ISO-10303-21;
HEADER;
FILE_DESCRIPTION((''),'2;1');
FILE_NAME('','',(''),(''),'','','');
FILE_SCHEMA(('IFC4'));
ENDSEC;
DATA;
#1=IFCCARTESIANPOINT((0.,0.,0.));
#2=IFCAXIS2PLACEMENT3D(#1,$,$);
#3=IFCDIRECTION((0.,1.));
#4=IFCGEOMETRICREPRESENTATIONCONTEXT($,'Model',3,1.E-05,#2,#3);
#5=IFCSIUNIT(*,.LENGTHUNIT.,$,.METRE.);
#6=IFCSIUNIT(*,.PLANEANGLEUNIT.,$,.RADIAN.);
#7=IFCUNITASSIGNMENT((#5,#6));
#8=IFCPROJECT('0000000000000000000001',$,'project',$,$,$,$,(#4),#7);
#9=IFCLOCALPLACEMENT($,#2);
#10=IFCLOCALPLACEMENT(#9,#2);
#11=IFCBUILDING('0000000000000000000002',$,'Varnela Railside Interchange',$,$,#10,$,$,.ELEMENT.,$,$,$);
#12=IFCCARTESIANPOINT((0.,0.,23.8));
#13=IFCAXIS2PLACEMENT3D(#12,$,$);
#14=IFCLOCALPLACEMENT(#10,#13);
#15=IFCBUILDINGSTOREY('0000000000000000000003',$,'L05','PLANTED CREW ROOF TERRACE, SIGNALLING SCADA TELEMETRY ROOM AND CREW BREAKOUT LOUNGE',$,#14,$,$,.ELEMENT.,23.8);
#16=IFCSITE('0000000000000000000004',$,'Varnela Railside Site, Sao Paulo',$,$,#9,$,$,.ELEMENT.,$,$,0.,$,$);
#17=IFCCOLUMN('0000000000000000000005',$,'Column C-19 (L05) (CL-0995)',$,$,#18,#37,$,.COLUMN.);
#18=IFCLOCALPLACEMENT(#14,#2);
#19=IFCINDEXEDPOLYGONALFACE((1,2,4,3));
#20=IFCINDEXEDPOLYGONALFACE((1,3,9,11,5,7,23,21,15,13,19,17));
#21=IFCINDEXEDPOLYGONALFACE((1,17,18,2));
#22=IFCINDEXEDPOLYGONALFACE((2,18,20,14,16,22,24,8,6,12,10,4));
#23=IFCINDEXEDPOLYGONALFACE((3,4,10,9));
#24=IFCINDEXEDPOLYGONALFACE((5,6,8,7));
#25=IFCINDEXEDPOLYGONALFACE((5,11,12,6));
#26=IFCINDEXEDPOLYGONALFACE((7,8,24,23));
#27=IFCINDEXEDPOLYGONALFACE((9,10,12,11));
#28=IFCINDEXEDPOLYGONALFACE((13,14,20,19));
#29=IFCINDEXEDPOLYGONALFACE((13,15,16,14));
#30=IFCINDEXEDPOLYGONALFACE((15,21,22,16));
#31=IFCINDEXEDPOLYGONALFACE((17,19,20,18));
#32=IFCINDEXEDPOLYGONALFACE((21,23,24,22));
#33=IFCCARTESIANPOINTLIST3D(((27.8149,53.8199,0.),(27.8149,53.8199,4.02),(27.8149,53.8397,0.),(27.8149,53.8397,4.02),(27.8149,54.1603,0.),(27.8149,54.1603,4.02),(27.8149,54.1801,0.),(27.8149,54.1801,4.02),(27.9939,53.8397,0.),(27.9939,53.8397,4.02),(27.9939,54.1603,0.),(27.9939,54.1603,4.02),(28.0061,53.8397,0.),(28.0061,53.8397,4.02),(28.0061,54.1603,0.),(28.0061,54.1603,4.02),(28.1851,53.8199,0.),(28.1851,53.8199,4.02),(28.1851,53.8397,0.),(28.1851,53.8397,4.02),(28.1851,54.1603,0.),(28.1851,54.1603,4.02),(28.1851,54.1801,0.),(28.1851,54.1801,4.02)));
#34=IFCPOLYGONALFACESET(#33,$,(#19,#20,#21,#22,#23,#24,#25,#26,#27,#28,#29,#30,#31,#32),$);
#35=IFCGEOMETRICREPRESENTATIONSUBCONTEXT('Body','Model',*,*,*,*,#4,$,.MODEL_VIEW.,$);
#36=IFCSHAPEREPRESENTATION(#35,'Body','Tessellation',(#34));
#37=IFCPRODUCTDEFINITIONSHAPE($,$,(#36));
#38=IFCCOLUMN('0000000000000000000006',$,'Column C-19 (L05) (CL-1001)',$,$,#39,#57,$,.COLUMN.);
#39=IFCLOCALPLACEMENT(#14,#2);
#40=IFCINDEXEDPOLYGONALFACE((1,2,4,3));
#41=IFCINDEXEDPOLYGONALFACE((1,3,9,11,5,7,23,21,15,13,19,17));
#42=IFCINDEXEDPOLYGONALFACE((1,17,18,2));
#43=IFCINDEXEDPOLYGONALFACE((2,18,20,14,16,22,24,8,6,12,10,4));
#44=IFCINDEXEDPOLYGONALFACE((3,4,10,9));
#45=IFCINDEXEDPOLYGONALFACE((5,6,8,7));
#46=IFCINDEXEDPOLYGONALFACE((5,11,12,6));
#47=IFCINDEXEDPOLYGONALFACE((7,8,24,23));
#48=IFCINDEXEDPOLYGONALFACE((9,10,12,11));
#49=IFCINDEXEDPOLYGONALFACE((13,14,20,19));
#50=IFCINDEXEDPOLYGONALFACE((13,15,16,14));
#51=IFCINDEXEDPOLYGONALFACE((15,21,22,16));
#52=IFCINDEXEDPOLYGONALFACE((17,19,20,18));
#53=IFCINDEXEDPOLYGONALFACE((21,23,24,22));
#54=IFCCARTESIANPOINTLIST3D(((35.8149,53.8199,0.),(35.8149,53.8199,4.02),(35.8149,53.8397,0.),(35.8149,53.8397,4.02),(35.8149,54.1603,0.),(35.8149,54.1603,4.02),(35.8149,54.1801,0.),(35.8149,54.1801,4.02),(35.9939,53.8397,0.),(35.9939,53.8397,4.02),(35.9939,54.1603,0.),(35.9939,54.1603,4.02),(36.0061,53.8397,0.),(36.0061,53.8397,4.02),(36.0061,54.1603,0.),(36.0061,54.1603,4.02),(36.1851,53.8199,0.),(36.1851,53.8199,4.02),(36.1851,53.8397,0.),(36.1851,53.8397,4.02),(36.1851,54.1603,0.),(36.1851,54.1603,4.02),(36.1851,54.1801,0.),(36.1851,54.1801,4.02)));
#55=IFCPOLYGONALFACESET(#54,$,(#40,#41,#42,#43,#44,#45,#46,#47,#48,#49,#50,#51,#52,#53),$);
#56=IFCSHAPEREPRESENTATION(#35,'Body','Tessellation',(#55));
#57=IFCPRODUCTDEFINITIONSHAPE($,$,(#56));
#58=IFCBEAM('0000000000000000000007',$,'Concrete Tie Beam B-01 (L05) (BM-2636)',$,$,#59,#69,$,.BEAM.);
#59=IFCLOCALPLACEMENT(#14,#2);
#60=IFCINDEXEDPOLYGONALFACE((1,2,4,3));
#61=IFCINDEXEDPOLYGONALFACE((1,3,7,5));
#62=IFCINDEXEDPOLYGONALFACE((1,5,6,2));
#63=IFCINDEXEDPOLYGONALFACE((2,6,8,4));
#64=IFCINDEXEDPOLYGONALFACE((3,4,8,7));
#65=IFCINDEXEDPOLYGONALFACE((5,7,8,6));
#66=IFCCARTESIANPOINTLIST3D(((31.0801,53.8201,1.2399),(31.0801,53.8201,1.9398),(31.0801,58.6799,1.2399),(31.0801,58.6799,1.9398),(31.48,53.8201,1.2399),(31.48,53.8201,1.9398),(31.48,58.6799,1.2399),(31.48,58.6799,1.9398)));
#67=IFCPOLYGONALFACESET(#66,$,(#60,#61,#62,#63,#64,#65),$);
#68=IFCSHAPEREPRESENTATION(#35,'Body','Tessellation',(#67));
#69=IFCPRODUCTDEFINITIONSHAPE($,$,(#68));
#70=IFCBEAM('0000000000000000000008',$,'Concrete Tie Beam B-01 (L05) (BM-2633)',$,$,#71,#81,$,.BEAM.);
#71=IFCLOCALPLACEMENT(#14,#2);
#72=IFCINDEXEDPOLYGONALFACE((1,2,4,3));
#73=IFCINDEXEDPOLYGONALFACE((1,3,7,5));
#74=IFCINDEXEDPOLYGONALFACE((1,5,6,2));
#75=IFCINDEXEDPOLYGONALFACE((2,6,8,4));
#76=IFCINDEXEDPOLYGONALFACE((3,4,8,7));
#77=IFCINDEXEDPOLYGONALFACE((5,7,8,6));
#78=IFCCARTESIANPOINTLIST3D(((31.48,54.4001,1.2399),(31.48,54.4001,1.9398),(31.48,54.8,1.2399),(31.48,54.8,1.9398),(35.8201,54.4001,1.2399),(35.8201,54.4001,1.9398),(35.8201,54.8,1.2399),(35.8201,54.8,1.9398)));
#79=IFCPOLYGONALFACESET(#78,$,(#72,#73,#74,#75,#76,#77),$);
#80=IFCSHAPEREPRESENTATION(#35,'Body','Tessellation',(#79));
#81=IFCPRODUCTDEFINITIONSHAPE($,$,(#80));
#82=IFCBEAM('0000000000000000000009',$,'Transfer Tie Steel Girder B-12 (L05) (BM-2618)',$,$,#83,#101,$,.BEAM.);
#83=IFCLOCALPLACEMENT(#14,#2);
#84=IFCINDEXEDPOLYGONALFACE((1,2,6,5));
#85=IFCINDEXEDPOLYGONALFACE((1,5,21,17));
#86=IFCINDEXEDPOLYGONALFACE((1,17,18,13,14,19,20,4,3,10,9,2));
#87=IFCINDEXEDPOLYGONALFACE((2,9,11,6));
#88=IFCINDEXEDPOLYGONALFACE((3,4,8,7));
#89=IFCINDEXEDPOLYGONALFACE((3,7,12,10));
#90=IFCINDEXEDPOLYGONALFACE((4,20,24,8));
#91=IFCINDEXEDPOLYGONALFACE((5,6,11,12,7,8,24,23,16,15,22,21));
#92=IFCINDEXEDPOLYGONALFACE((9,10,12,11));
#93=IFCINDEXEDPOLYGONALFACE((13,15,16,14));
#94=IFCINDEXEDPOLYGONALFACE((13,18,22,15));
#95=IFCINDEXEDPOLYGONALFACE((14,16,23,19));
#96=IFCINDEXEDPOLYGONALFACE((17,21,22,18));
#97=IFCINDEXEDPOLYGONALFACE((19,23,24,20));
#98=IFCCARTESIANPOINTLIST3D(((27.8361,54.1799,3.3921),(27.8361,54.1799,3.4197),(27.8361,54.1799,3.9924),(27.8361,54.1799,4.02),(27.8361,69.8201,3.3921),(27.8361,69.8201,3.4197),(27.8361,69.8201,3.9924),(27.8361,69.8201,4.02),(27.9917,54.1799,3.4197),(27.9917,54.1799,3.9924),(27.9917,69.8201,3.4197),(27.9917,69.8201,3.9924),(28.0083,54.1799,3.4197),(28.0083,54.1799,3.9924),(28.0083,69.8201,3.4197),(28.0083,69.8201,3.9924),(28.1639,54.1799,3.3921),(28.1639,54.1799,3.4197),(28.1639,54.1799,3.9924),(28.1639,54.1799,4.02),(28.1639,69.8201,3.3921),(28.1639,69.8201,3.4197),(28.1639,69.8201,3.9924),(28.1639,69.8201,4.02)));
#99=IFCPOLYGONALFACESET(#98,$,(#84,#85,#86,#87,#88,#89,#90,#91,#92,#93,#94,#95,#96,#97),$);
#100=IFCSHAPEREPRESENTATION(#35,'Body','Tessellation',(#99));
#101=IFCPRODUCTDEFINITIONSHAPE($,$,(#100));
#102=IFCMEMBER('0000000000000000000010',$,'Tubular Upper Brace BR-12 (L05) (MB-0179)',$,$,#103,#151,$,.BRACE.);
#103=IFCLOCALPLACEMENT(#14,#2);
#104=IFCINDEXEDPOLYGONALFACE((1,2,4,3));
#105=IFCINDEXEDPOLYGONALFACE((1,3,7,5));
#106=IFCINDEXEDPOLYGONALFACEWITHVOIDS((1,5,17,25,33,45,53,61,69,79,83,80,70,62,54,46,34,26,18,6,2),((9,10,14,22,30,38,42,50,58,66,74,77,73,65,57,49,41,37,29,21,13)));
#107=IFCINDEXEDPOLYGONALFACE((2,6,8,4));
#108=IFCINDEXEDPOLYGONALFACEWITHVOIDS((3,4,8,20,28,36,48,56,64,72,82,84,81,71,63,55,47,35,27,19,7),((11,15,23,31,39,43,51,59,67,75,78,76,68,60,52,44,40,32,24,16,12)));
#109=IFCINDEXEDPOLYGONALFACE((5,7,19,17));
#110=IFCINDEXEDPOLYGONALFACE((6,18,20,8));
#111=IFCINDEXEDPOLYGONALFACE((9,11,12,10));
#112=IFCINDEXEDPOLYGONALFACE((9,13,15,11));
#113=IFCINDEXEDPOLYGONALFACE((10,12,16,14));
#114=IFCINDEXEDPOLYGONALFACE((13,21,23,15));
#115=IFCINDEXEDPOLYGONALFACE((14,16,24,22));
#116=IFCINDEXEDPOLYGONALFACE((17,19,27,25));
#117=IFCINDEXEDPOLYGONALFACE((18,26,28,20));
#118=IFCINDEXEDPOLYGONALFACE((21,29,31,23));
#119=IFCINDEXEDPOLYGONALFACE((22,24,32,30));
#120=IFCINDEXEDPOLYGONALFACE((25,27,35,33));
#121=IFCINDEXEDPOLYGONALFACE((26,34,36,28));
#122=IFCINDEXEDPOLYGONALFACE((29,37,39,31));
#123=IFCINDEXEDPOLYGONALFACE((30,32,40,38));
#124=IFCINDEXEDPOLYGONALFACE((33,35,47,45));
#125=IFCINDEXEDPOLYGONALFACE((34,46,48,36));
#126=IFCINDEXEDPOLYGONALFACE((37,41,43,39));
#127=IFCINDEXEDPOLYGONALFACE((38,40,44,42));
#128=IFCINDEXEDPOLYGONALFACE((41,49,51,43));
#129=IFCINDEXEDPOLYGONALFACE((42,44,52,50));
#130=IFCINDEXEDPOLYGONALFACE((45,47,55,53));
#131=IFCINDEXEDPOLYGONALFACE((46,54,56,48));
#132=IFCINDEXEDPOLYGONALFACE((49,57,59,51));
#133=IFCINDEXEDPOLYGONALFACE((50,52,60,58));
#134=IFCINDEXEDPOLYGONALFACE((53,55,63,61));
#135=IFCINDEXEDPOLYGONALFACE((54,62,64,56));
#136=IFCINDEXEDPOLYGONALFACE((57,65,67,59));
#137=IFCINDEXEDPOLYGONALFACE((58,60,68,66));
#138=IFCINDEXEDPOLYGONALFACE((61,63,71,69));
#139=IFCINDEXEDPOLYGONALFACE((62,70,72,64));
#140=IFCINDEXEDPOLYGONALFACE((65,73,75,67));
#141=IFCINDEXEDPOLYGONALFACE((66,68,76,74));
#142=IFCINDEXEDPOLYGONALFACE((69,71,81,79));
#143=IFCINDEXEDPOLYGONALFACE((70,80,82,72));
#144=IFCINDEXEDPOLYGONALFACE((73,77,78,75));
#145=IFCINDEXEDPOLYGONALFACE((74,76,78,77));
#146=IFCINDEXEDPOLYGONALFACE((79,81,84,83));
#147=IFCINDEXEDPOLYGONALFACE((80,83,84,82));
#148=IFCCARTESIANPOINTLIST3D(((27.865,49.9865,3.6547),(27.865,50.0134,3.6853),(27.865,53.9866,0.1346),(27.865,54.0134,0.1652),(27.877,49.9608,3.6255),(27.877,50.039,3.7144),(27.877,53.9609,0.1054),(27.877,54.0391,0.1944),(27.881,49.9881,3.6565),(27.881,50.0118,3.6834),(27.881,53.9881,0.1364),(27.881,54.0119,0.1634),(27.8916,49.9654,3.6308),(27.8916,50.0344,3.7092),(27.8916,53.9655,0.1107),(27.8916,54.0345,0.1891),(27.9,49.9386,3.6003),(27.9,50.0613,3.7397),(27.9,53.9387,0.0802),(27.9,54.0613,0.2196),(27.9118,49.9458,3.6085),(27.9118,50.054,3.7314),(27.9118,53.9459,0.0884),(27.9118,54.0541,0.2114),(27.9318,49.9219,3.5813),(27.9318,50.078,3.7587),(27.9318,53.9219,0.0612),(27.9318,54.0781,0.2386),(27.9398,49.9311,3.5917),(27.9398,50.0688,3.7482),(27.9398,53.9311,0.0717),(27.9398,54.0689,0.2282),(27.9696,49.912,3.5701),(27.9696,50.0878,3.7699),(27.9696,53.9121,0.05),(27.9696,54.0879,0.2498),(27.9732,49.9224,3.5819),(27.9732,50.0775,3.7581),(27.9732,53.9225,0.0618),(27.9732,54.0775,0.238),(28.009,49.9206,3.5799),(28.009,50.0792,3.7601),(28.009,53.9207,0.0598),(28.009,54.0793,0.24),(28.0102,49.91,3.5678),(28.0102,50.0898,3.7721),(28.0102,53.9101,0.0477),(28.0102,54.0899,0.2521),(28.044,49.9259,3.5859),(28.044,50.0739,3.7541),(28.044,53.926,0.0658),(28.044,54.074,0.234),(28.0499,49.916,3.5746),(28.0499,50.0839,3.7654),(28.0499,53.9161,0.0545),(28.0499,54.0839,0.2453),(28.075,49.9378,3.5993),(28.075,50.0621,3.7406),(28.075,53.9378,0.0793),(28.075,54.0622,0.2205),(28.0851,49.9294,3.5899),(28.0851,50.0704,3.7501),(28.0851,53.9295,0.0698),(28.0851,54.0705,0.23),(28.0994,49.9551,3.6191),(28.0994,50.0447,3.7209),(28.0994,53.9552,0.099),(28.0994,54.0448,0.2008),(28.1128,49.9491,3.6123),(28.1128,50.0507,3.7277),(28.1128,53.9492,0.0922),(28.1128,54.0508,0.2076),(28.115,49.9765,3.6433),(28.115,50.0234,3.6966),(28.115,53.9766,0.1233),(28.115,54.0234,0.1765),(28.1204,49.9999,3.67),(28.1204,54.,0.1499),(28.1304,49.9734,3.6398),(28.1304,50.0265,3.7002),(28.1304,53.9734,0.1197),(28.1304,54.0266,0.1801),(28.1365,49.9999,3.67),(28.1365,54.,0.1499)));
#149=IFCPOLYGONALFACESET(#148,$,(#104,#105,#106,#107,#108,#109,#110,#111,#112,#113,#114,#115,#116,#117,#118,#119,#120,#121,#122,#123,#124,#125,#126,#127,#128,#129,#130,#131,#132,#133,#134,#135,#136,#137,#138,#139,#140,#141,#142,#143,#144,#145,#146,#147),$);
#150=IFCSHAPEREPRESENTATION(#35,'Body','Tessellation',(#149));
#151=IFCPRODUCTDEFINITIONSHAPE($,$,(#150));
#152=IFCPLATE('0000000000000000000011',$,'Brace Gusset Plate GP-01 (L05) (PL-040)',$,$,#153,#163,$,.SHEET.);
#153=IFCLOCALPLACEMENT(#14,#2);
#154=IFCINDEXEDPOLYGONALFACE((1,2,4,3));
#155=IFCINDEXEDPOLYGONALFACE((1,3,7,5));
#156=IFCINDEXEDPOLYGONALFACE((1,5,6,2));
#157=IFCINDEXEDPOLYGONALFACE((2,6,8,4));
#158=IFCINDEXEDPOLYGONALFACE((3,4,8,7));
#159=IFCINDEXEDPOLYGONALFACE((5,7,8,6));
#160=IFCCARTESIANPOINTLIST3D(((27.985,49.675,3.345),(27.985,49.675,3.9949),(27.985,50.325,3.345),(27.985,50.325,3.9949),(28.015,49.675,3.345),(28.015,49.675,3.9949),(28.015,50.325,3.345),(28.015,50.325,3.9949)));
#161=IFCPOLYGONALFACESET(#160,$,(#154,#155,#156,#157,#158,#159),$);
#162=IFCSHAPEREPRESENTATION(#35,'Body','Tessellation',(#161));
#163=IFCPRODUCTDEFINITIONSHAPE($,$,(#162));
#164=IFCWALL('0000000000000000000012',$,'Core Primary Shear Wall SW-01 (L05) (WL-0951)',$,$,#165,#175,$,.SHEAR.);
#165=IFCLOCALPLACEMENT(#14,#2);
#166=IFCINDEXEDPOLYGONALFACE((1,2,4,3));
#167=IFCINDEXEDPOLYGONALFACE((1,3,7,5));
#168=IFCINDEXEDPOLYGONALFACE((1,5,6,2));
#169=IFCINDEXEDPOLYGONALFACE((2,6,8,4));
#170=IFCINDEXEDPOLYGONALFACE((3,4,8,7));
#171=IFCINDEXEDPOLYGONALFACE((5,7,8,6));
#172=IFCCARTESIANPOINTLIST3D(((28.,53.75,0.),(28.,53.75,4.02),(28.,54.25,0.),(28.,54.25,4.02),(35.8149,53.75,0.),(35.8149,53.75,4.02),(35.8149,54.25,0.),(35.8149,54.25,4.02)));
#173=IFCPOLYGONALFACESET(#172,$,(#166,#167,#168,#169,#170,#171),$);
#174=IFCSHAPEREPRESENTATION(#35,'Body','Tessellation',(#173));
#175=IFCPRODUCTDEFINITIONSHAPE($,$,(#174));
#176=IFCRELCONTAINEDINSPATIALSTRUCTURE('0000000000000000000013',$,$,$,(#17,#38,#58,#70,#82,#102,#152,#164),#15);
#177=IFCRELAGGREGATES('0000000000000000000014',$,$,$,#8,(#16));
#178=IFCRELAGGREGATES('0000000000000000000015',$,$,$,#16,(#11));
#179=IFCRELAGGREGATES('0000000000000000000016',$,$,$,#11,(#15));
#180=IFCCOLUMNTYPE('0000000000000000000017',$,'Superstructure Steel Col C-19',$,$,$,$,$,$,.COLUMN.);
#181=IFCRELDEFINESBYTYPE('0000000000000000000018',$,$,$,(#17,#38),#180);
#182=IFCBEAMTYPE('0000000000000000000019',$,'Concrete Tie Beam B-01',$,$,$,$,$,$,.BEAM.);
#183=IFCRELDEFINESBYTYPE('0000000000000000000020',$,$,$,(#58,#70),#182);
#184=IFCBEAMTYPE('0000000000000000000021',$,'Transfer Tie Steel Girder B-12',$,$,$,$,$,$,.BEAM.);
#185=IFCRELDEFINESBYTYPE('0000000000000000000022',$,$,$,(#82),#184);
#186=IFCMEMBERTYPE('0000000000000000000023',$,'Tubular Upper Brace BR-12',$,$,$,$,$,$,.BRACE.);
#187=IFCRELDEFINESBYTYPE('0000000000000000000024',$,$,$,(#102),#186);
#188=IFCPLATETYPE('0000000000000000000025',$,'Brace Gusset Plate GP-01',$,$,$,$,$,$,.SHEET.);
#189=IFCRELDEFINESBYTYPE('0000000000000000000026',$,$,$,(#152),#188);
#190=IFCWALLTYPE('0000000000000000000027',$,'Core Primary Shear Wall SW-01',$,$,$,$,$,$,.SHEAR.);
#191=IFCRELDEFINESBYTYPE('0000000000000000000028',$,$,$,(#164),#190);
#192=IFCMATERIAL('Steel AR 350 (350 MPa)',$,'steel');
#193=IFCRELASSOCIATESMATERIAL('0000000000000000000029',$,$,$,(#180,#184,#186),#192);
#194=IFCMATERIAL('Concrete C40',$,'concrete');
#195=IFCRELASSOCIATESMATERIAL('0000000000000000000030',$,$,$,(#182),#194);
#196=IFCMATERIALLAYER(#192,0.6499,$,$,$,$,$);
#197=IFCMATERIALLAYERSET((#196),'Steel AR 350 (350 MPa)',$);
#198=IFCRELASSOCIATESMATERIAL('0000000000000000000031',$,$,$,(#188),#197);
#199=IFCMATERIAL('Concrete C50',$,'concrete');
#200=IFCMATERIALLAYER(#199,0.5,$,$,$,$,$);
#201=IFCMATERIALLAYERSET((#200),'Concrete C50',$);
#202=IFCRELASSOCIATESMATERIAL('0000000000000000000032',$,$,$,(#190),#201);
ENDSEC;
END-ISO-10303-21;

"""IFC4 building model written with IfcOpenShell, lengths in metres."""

from ifc_helpers import new_model, si_unit, direction, frame, frame_2d, origin, origin_2d, place, context, subcontext, project, spatial, rectangle, hollow_circle, i_section, extrude, material, layer, layer_set, material_profile, profile_set, type_object, element, save


model = new_model("IFC4")

# Units and contexts
model_context = context("Model", 3, precision=1e-05, world=origin(), true_north=direction((0.0, 1.0)))
body_context = subcontext(model_context, "Body", "Model", "MODEL_VIEW")
ifc_project = project(units=[si_unit("LENGTHUNIT", "METRE"), si_unit("PLANEANGLEUNIT", "RADIAN")], contexts=[model_context])

# Site, building, storey
site_placement = place(None, origin())
site = spatial("IfcSite", under=ifc_project, at=site_placement, Name="Varnela Railside Site, Sao Paulo", CompositionType="ELEMENT", RefElevation=0.0)
building_placement = place(site_placement, origin())
building = spatial("IfcBuilding", under=site, at=building_placement, Name="Varnela Railside Interchange", CompositionType="ELEMENT")
storey_placement = place(building_placement, frame((0.0, 0.0, 23.8)))
storey = spatial("IfcBuildingStorey", under=building, at=storey_placement, Name="L05", Description="PLANTED CREW ROOF TERRACE, SIGNALLING SCADA TELEMETRY ROOM AND CREW BREAKOUT LOUNGE", CompositionType="ELEMENT", Elevation=23.8)

# Columns
ifc_material_1 = material(Name="Steel AR 350 (350 MPa)", Category="steel")
ifc_material_profile_1 = material_profile(ifc_material_1, i_section(OverallWidth=0.3701, OverallDepth=0.3601, WebThickness=0.0122, FlangeThickness=0.0198, at=origin_2d()), Name="W360x147")
ifc_profile_set_1 = profile_set([ifc_material_profile_1], Name="Steel AR 350 (350 MPa)")
column_type = type_object("IfcColumnType", Name="Superstructure Steel Col C-19", PredefinedType="COLUMN", material=ifc_profile_set_1)
for number, where, z_axis, x_axis, name in (
    (1, (28.0, 54.0, 0.0), (0.0, 0.0, 1.0), (1.0, 0.0, 0.0), "Column C-19 (L05) (CL-0995)"),
    (2, (36.0, 54.0, 0.0), (0.0, 0.0, 1.0), (1.0, 0.0, 0.0), "Column C-19 (L05) (CL-1001)"),
):
    element("IfcColumn", number, at=place(storey_placement, frame(where, z_axis=z_axis, x_axis=x_axis)), inside=storey, type_object=column_type, Name=name, PredefinedType="COLUMN", context=body_context, shape_type="SweptSolid", body=[
        extrude(i_section(OverallWidth=0.3701, OverallDepth=0.3601, WebThickness=0.0122, FlangeThickness=0.0198, at=origin_2d()), origin(), (0.0, 0.0, 1.0), 4.02),
    ])

# Beams
ifc_material_2 = material(Name="Concrete C40", Category="concrete")
ifc_material_profile_2 = material_profile(ifc_material_2, rectangle(XDim=0.3999, YDim=0.7, at=origin_2d()), Name="RC 400x700")
ifc_profile_set_2 = profile_set([ifc_material_profile_2], Name="Concrete C40")
beam_type_1 = type_object("IfcBeamType", Name="Concrete Tie Beam B-01", PredefinedType="BEAM", material=ifc_profile_set_2)
beam_1_placement = place(storey_placement, frame((31.28, 53.8201, 1.5898), z_axis=(0.0, 1.0, 0.0), x_axis=(-1.0, 0.0, 0.0)))
element("IfcBeam", 3, at=beam_1_placement, inside=storey, type_object=beam_type_1, Name="Concrete Tie Beam B-01 (L05) (BM-2636)", PredefinedType="BEAM", context=body_context, shape_type="SweptSolid", body=[
    extrude(rectangle(XDim=0.3999, YDim=0.7, at=origin_2d()), origin(), (0.0, 0.0, 1.0), 4.8599),
])
beam_2_placement = place(storey_placement, frame((31.48, 54.6001, 1.5898), z_axis=(1.0, 0.0, 0.0), x_axis=(0.0, 1.0, 0.0)))
element("IfcBeam", 4, at=beam_2_placement, inside=storey, type_object=beam_type_1, Name="Concrete Tie Beam B-01 (L05) (BM-2633)", PredefinedType="BEAM", context=body_context, shape_type="SweptSolid", body=[
    extrude(rectangle(XDim=0.3999, YDim=0.7, at=origin_2d()), origin(), (0.0, 0.0, 1.0), 4.3401),
])
ifc_material_profile_3 = material_profile(ifc_material_1, i_section(OverallWidth=0.3279, OverallDepth=0.6279, WebThickness=0.0166, FlangeThickness=0.0276, at=origin_2d()), Name="W610x217")
ifc_profile_set_3 = profile_set([ifc_material_profile_3], Name="Steel AR 350 (350 MPa)")
beam_type_2 = type_object("IfcBeamType", Name="Transfer Tie Steel Girder B-12", PredefinedType="BEAM", material=ifc_profile_set_3)
beam_3_placement = place(storey_placement, frame((28.0, 54.1799, 3.7061), z_axis=(0.0, 1.0, 0.0), x_axis=(-1.0, 0.0, 0.0)))
element("IfcBeam", 5, at=beam_3_placement, inside=storey, type_object=beam_type_2, Name="Transfer Tie Steel Girder B-12 (L05) (BM-2618)", PredefinedType="BEAM", context=body_context, shape_type="SweptSolid", body=[
    extrude(i_section(OverallWidth=0.3279, OverallDepth=0.6279, WebThickness=0.0166, FlangeThickness=0.0276, at=origin_2d()), origin(), (0.0, 0.0, 1.0), 15.6401),
])

# Member
ifc_material_profile_4 = material_profile(ifc_material_1, hollow_circle(Radius=0.1365, WallThickness=0.0161, at=origin_2d()), Name="CHS 273x16")
ifc_profile_set_4 = profile_set([ifc_material_profile_4], Name="Steel AR 350 (350 MPa)")
member_type = type_object("IfcMemberType", Name="Tubular Upper Brace BR-12", PredefinedType="BRACE", material=ifc_profile_set_4)
member_placement = place(storey_placement, frame((28.0, 54.0, 0.1499), z_axis=(0.0, -0.750712, 0.66063), x_axis=(1.0, 0.0, 0.0)))
element("IfcMember", 6, at=member_placement, inside=storey, type_object=member_type, Name="Tubular Upper Brace BR-12 (L05) (MB-0179)", PredefinedType="BRACE", context=body_context, shape_type="SweptSolid", body=[
    extrude(hollow_circle(Radius=0.1365, WallThickness=0.0161, at=origin_2d()), origin(), (0.0, 0.0, 1.0), 5.3284),
])

# Plate
ifc_layer_1 = layer(ifc_material_1, 0.6499)
ifc_layer_set_1 = layer_set([ifc_layer_1], Name="Steel AR 350 (350 MPa)")
plate_type = type_object("IfcPlateType", Name="Brace Gusset Plate GP-01", PredefinedType="SHEET", material=ifc_layer_set_1)
plate_placement = place(storey_placement, frame((28.0, 50.0, 3.345), z_axis=(0.0, 0.0, 1.0), x_axis=(0.0, 1.0, 0.0)))
element("IfcPlate", 7, at=plate_placement, inside=storey, type_object=plate_type, Name="Brace Gusset Plate GP-01 (L05) (PL-040)", PredefinedType="SHEET", context=body_context, shape_type="SweptSolid", body=[
    extrude(rectangle(XDim=0.6499, YDim=0.03, at=origin_2d()), origin(), (0.0, 0.0, 1.0), 0.6499),
])

# Wall
ifc_material_3 = material(Name="Concrete C50", Category="concrete")
ifc_layer_2 = layer(ifc_material_3, 0.5)
ifc_layer_set_2 = layer_set([ifc_layer_2], Name="Concrete C50")
wall_type_1 = type_object("IfcWallType", Name="Core Primary Shear Wall SW-01", PredefinedType="SHEAR", material=ifc_layer_set_2)
wall_1_placement = place(storey_placement, frame((28.0, 54.0, 0.0), z_axis=(0.0, 0.0, 1.0), x_axis=(1.0, 0.0, 0.0)))
element("IfcWall", 8, at=wall_1_placement, inside=storey, type_object=wall_type_1, Name="Core Primary Shear Wall SW-01 (L05) (WL-0951)", PredefinedType="SHEAR", context=body_context, shape_type="SweptSolid", body=[
    extrude(rectangle(XDim=7.8149, YDim=0.5, at=frame_2d((3.9075, 0.0))), origin(), (0.0, 0.0, 1.0), 4.02),
])

save(model, "model.ifc")
